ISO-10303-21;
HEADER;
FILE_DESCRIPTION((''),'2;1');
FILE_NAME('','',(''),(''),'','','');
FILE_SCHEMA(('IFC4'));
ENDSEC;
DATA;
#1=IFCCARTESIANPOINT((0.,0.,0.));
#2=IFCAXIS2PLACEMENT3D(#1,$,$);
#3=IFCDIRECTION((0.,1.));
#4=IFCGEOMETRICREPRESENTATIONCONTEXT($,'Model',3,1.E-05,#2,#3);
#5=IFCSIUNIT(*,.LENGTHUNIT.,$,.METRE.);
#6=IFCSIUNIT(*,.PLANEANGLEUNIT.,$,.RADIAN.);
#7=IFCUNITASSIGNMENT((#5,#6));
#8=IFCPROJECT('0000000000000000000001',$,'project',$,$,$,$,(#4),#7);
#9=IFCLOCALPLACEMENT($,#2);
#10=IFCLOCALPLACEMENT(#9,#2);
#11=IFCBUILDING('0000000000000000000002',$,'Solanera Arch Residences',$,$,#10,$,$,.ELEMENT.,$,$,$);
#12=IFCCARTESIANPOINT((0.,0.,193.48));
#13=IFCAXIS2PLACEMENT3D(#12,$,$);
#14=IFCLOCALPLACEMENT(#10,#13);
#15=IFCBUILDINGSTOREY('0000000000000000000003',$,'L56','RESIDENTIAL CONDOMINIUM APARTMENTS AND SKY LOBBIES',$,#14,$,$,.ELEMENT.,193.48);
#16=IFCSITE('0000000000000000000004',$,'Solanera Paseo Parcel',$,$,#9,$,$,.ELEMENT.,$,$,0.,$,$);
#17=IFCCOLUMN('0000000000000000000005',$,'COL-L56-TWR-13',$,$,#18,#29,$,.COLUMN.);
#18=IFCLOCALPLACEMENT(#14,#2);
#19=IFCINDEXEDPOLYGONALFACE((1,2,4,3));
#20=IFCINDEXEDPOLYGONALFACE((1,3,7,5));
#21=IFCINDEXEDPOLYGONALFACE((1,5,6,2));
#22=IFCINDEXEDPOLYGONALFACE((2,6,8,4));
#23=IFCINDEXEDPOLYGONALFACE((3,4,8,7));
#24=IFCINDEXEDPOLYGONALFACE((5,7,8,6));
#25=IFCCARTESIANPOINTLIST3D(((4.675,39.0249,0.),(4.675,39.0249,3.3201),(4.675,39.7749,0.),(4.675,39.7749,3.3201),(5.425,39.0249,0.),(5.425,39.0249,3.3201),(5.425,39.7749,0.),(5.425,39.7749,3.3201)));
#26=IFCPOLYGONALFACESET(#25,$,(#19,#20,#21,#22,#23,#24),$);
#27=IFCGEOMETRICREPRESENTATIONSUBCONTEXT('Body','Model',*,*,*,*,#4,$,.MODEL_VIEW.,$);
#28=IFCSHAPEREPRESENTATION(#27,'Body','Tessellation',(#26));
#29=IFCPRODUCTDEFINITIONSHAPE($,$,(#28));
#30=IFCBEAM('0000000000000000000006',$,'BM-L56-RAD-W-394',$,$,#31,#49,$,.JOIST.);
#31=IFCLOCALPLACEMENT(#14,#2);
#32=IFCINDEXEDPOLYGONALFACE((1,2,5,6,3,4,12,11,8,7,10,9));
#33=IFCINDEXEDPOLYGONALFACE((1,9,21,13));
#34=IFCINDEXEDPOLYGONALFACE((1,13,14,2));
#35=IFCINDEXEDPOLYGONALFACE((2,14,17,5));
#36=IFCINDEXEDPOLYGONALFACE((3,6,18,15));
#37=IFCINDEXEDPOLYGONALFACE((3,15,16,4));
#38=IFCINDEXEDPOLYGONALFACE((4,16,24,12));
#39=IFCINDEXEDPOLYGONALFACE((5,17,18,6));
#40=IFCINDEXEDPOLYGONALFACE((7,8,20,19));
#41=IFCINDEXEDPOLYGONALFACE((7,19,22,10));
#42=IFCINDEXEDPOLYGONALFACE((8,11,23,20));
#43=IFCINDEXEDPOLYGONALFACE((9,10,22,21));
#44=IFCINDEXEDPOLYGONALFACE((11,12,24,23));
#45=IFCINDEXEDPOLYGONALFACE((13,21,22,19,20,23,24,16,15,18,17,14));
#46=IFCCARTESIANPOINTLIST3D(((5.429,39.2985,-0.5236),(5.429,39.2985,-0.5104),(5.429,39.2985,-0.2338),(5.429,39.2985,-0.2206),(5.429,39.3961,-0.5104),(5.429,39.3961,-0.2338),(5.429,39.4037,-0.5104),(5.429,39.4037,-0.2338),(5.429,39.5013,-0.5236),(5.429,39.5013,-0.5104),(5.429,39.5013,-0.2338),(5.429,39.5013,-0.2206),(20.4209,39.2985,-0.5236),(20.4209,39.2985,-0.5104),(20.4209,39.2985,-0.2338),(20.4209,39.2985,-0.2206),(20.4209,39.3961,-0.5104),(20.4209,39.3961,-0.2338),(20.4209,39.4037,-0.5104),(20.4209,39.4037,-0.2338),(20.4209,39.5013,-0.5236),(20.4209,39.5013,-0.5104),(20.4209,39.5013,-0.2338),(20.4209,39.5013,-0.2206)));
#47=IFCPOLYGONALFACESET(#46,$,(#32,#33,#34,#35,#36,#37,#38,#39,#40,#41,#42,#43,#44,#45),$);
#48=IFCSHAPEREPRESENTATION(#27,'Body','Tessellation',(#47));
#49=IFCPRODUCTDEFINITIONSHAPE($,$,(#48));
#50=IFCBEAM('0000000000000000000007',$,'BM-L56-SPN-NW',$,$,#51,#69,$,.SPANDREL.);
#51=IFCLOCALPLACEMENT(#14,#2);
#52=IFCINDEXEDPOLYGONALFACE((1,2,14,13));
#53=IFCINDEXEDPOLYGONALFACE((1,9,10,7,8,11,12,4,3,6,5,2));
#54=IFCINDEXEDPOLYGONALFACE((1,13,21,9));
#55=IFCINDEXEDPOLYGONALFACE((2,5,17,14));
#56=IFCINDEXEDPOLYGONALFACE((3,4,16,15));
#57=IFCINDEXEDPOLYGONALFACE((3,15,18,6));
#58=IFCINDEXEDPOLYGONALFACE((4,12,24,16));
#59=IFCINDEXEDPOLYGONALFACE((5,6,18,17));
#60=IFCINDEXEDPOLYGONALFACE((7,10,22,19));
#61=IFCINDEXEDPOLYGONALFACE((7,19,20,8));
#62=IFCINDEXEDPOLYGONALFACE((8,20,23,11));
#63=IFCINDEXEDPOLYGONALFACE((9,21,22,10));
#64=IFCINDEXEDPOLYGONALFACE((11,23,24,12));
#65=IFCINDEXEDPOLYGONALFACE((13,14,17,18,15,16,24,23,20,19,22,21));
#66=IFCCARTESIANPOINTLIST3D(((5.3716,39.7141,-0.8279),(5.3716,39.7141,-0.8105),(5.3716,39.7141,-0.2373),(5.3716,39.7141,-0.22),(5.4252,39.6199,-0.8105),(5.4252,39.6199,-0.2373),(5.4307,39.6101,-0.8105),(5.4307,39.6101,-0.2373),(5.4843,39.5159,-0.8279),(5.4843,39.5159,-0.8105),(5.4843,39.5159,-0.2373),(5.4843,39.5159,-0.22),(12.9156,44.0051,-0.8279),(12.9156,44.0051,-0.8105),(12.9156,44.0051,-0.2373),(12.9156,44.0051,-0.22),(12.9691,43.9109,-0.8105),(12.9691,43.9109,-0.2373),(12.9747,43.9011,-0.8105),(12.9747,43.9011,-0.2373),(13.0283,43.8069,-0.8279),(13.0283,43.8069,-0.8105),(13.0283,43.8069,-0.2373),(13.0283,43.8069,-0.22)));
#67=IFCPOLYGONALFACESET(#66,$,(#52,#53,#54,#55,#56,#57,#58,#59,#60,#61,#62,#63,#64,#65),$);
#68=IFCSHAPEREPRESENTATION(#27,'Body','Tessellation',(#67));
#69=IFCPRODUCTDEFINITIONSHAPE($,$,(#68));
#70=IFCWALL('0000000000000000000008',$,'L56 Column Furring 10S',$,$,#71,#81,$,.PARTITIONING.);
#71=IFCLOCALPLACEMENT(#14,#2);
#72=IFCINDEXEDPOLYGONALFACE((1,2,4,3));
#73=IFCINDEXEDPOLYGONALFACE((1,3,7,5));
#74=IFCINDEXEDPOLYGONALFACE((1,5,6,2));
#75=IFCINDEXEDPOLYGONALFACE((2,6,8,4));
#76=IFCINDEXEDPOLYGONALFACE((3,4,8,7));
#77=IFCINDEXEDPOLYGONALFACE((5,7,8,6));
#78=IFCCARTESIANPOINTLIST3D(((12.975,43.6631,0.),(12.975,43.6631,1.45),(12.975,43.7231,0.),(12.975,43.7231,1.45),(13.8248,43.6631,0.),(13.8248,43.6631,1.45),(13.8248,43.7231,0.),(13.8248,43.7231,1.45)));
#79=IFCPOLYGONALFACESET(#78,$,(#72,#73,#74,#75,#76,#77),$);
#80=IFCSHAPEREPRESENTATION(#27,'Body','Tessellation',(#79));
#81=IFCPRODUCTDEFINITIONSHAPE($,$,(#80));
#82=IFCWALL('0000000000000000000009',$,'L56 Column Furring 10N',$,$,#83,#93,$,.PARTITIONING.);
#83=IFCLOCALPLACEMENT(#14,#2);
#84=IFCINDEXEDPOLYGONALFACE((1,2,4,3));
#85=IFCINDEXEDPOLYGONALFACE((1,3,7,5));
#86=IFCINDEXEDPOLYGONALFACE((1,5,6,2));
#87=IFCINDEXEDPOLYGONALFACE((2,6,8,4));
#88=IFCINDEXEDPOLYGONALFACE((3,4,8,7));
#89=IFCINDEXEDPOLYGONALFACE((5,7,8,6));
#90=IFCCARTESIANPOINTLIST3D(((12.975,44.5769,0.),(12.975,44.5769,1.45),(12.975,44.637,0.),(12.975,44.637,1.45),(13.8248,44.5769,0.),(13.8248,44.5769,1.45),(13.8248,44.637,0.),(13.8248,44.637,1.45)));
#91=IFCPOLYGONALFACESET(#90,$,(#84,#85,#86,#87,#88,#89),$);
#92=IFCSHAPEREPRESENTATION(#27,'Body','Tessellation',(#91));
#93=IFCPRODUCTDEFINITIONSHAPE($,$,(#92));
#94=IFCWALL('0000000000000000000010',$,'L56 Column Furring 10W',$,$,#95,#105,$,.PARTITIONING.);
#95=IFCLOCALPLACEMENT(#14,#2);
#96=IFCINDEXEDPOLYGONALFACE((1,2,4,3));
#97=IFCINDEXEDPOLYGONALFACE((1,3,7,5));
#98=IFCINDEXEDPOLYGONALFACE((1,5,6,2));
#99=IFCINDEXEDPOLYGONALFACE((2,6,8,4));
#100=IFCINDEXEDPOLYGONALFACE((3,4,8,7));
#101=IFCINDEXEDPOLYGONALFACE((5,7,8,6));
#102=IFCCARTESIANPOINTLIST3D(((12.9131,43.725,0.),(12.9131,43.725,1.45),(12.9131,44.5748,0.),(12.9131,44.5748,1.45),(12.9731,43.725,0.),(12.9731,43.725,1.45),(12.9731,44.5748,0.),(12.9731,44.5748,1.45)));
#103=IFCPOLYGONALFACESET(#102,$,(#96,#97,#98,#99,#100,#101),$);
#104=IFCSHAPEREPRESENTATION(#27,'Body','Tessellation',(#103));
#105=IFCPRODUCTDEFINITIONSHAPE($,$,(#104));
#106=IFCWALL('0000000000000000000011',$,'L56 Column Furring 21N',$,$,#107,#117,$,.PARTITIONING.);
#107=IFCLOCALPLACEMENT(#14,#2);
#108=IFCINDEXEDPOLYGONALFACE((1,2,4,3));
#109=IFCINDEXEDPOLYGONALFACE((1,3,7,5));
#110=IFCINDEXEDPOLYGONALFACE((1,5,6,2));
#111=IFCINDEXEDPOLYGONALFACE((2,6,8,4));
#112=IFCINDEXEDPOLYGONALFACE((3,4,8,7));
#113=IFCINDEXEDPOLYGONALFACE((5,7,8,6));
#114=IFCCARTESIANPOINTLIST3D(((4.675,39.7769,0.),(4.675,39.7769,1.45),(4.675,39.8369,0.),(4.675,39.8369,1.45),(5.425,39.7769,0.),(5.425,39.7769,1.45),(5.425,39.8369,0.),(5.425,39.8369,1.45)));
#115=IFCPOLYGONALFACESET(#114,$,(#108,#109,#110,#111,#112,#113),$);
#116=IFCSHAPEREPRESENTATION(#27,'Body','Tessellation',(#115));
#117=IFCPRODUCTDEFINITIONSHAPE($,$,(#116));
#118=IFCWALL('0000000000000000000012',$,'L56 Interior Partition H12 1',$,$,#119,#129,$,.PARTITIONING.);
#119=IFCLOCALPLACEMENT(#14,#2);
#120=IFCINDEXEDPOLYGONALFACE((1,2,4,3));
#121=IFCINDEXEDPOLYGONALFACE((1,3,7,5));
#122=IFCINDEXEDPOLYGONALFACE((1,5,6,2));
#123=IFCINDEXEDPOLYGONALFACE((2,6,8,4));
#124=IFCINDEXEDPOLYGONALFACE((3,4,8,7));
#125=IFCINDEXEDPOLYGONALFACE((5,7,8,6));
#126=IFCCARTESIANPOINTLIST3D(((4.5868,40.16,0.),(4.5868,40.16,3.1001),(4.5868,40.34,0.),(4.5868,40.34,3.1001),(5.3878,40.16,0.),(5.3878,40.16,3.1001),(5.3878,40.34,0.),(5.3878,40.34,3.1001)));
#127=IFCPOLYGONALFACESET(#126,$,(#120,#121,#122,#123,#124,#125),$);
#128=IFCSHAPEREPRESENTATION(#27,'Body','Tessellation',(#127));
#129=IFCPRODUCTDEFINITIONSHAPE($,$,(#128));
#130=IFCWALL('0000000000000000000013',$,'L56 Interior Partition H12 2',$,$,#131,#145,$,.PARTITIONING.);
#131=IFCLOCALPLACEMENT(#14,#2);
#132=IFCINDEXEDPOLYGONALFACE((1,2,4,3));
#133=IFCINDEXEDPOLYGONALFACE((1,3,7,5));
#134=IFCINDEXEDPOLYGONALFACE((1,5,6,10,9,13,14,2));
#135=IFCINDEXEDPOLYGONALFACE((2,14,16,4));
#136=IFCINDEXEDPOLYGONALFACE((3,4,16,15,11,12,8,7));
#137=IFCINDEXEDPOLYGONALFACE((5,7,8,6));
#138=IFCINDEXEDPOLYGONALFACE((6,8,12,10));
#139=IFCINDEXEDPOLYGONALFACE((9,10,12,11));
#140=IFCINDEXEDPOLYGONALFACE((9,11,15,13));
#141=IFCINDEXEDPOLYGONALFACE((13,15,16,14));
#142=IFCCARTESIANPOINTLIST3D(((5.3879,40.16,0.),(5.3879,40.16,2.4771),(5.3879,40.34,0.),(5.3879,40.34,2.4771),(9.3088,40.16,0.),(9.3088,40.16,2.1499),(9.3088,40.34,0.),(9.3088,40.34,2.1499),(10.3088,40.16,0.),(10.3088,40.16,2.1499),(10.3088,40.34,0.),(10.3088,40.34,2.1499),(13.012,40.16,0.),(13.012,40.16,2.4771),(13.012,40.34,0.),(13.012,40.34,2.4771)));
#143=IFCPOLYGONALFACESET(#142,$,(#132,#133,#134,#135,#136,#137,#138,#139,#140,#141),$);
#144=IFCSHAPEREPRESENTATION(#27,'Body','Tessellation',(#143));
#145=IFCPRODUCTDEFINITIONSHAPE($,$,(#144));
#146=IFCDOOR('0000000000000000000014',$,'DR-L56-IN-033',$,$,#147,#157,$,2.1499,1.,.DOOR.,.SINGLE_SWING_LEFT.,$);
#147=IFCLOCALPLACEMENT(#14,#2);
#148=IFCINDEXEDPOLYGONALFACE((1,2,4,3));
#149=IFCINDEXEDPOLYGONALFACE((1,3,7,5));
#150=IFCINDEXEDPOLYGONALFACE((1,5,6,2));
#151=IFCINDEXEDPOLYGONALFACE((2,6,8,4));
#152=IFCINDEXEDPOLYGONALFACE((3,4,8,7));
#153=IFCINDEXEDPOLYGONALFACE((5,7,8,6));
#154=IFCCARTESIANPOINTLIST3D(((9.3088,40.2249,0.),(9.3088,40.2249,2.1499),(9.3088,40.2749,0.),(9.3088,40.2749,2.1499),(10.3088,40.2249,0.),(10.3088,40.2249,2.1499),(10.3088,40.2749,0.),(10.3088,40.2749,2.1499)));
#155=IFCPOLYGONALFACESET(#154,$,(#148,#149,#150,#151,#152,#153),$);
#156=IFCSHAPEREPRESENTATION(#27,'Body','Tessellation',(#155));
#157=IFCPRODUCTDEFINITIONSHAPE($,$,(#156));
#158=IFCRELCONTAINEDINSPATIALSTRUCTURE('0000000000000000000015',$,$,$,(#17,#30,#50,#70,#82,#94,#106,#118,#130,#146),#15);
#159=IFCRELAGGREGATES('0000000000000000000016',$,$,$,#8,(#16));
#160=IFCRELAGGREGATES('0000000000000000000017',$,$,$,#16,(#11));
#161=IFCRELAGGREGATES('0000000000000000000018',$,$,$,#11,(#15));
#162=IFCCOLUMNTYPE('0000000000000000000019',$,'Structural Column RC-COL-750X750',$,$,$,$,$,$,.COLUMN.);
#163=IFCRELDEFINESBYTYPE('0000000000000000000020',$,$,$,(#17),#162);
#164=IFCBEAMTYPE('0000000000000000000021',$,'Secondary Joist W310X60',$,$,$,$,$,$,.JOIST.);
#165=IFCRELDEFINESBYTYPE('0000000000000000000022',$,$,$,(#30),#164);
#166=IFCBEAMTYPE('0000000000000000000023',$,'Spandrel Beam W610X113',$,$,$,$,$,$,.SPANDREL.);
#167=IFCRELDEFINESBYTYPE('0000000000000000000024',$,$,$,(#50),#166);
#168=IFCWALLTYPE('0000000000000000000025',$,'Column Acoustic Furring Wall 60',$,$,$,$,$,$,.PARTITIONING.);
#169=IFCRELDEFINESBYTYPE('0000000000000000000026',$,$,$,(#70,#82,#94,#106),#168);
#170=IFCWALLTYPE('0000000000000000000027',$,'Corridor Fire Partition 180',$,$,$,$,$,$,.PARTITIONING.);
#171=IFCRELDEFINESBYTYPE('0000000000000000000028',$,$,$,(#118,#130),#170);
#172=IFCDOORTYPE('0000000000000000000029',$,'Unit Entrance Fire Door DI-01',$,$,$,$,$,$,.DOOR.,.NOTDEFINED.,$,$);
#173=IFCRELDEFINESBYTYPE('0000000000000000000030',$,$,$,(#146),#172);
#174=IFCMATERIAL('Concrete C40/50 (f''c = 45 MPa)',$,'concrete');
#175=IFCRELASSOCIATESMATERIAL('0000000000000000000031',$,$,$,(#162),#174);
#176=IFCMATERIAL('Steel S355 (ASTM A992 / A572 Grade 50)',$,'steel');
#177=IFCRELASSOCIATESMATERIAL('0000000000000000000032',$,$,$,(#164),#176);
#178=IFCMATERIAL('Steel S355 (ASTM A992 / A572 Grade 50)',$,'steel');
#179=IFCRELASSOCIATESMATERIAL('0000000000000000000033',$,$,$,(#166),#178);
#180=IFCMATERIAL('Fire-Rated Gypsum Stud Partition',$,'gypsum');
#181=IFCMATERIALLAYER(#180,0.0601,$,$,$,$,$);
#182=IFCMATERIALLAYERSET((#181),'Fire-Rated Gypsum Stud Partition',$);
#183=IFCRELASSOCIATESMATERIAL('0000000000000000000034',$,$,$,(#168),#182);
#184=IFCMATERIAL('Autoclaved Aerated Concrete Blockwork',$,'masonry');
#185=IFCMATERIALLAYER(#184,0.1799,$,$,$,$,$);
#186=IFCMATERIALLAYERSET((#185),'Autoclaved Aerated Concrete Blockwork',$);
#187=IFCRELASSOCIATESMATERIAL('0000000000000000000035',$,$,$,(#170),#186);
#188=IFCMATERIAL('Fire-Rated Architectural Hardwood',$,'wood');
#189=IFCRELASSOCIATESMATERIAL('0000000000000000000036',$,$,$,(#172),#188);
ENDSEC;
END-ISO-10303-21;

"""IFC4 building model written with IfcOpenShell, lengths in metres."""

from ifc_helpers import new_model, si_unit, direction, frame, frame_2d, origin, origin_2d, place, context, subcontext, project, spatial, rectangle, i_section, extrude, material, layer, layer_set, material_profile, profile_set, type_object, element, fill, save


model = new_model("IFC4")

# Units and contexts
model_context = context("Model", 3, precision=1e-05, world=origin(), true_north=direction((0.0, 1.0)))
body_context = subcontext(model_context, "Body", "Model", "MODEL_VIEW")
ifc_project = project(units=[si_unit("LENGTHUNIT", "METRE"), si_unit("PLANEANGLEUNIT", "RADIAN")], contexts=[model_context])

# Site, building, storey
site_placement = place(None, origin())
site = spatial("IfcSite", under=ifc_project, at=site_placement, Name="Solanera Paseo Parcel", CompositionType="ELEMENT", RefElevation=0.0)
building_placement = place(site_placement, origin())
building = spatial("IfcBuilding", under=site, at=building_placement, Name="Solanera Arch Residences", CompositionType="ELEMENT")
storey_placement = place(building_placement, frame((0.0, 0.0, 193.48)))
storey = spatial("IfcBuildingStorey", under=building, at=storey_placement, Name="L56", Description="RESIDENTIAL CONDOMINIUM APARTMENTS AND SKY LOBBIES", CompositionType="ELEMENT", Elevation=193.48)

# Column
ifc_material_1 = material(Name="Concrete C40/50 (f'c = 45 MPa)", Category="concrete")
ifc_material_profile_1 = material_profile(ifc_material_1, rectangle(XDim=0.75, YDim=0.75, at=origin_2d()))
ifc_profile_set_1 = profile_set([ifc_material_profile_1], Name="Concrete C40/50 (f'c = 45 MPa)")
column_type = type_object("IfcColumnType", Name="Structural Column RC-COL-750X750", PredefinedType="COLUMN", material=ifc_profile_set_1)
column_placement = place(storey_placement, frame((5.05, 39.3999, 0.0), z_axis=(0.0, 0.0, 1.0), x_axis=(1.0, 0.0, 0.0)))
element("IfcColumn", 1, at=column_placement, inside=storey, type_object=column_type, Name="COL-L56-TWR-13", PredefinedType="COLUMN", context=body_context, shape_type="SweptSolid", body=[
    extrude(rectangle(XDim=0.75, YDim=0.75, at=origin_2d()), origin(), (0.0, 0.0, 1.0), 3.3201),
])

# Beams
ifc_material_2 = material(Name="Steel S355 (ASTM A992 / A572 Grade 50)", Category="steel")
ifc_material_profile_2 = material_profile(ifc_material_2, i_section(OverallWidth=0.2029, OverallDepth=0.303, WebThickness=0.0076, FlangeThickness=0.0132, at=origin_2d()))
ifc_profile_set_2 = profile_set([ifc_material_profile_2], Name="Steel S355 (ASTM A992 / A572 Grade 50)")
beam_type_1 = type_object("IfcBeamType", Name="Secondary Joist W310X60", PredefinedType="JOIST", material=ifc_profile_set_2)
beam_1_placement = place(storey_placement, frame((5.429, 39.3999, -0.3721), z_axis=(1.0, 0.0, 0.0), x_axis=(0.0, 1.0, 0.0)))
element("IfcBeam", 2, at=beam_1_placement, inside=storey, type_object=beam_type_1, Name="BM-L56-RAD-W-394", PredefinedType="JOIST", context=body_context, shape_type="SweptSolid", body=[
    extrude(i_section(OverallWidth=0.2029, OverallDepth=0.303, WebThickness=0.0076, FlangeThickness=0.0132, at=origin_2d()), origin(), (0.0, 0.0, 1.0), 14.9919),
])
ifc_material_3 = material(Name="Steel S355 (ASTM A992 / A572 Grade 50)", Category="steel")
ifc_material_profile_3 = material_profile(ifc_material_3, i_section(OverallWidth=0.228, OverallDepth=0.6079, WebThickness=0.0112, FlangeThickness=0.0173, at=origin_2d()))
ifc_profile_set_3 = profile_set([ifc_material_profile_3], Name="Steel S355 (ASTM A992 / A572 Grade 50)")
beam_type_2 = type_object("IfcBeamType", Name="Spandrel Beam W610X113", PredefinedType="SPANDREL", material=ifc_profile_set_3)
beam_2_placement = place(storey_placement, frame((12.9719, 43.906, -0.5239), z_axis=(-0.869225, -0.494417, 0.0), x_axis=(0.494417, -0.869225, 0.0)))
element("IfcBeam", 3, at=beam_2_placement, inside=storey, type_object=beam_type_2, Name="BM-L56-SPN-NW", PredefinedType="SPANDREL", context=body_context, shape_type="SweptSolid", body=[
    extrude(i_section(OverallWidth=0.228, OverallDepth=0.6079, WebThickness=0.0112, FlangeThickness=0.0173, at=origin_2d()), origin(), (0.0, 0.0, 1.0), 8.679),
])

# Walls
ifc_material_4 = material(Name="Fire-Rated Gypsum Stud Partition", Category="gypsum")
ifc_layer_1 = layer(ifc_material_4, 0.0601)
ifc_layer_set_1 = layer_set([ifc_layer_1], Name="Fire-Rated Gypsum Stud Partition")
wall_type_1 = type_object("IfcWallType", Name="Column Acoustic Furring Wall 60", PredefinedType="PARTITIONING", material=ifc_layer_set_1)
for number, where, z_axis, x_axis, name in (
    (4, (12.9751, 43.6931, 0.0), (0.0, 0.0, 1.0), (1.0, 0.0, 0.0), "L56 Column Furring 10S"),
    (5, (12.9751, 44.6069, 0.0), (0.0, 0.0, 1.0), (1.0, 0.0, 0.0), "L56 Column Furring 10N"),
    (6, (12.9431, 43.7251, 0.0), (0.0, 0.0, 1.0), (0.0, 1.0, 0.0), "L56 Column Furring 10W"),
):
    element("IfcWall", number, at=place(storey_placement, frame(where, z_axis=z_axis, x_axis=x_axis)), inside=storey, type_object=wall_type_1, Name=name, PredefinedType="PARTITIONING", context=body_context, shape_type="SweptSolid", body=[
        extrude(rectangle(XDim=0.8499, YDim=0.0601, at=frame_2d((0.4248, 0.0))), origin(), (0.0, 0.0, 1.0), 1.45),
    ])
wall_1_placement = place(storey_placement, frame((4.675, 39.8069, 0.0), z_axis=(0.0, 0.0, 1.0), x_axis=(1.0, 0.0, 0.0)))
element("IfcWall", 7, at=wall_1_placement, inside=storey, type_object=wall_type_1, Name="L56 Column Furring 21N", PredefinedType="PARTITIONING", context=body_context, shape_type="SweptSolid", body=[
    extrude(rectangle(XDim=0.75, YDim=0.0601, at=frame_2d((0.375, 0.0))), origin(), (0.0, 0.0, 1.0), 1.45),
])
ifc_material_5 = material(Name="Autoclaved Aerated Concrete Blockwork", Category="masonry")
ifc_layer_2 = layer(ifc_material_5, 0.1799)
ifc_layer_set_2 = layer_set([ifc_layer_2], Name="Autoclaved Aerated Concrete Blockwork")
wall_type_2 = type_object("IfcWallType", Name="Corridor Fire Partition 180", PredefinedType="PARTITIONING", material=ifc_layer_set_2)
wall_2_placement = place(storey_placement, frame((4.5869, 40.25, 0.0), z_axis=(0.0, 0.0, 1.0), x_axis=(1.0, 0.0, 0.0)))
element("IfcWall", 8, at=wall_2_placement, inside=storey, type_object=wall_type_2, Name="L56 Interior Partition H12 1", PredefinedType="PARTITIONING", context=body_context, shape_type="SweptSolid", body=[
    extrude(rectangle(XDim=0.801, YDim=0.1799, at=frame_2d((0.4004, 0.0))), origin(), (0.0, 0.0, 1.0), 3.1001),
])

# Wall, opening, door
wall_3_placement = place(storey_placement, frame((5.3879, 40.25, 0.0), z_axis=(0.0, 0.0, 1.0), x_axis=(1.0, 0.0, 0.0)))
wall_3 = element("IfcWall", 9, at=wall_3_placement, inside=storey, type_object=wall_type_2, Name="L56 Interior Partition H12 2", PredefinedType="PARTITIONING", context=body_context, shape_type="SweptSolid", body=[
    extrude(rectangle(XDim=7.624, YDim=0.1799, at=frame_2d((3.812, 0.0))), origin(), (0.0, 0.0, 1.0), 2.4771),
])
opening_1_placement = place(wall_3_placement, frame((3.9209, 0.0, 0.0)))
opening_1 = element("IfcOpeningElement", 10, at=opening_1_placement, cuts=wall_3, PredefinedType="OPENING", context=body_context, shape_type="SweptSolid", body=[
    extrude(rectangle(XDim=1.0, YDim=2.1499, at=frame_2d((0.5, 1.075))), frame((0.0, 0.1001, 0.0), z_axis=(0.0, -1.0, 0.0), x_axis=(1.0, 0.0, 0.0)), (0.0, 0.0, 1.0), 0.1999),
])
ifc_material_6 = material(Name="Fire-Rated Architectural Hardwood", Category="wood")
door_type_1 = type_object("IfcDoorType", Name="Unit Entrance Fire Door DI-01", OperationType="NOTDEFINED", PredefinedType="DOOR", material=ifc_material_6)
door_1_placement = place(opening_1_placement, origin())
door_1 = element("IfcDoor", 11, at=door_1_placement, inside=storey, type_object=door_type_1, Name="DR-L56-IN-033", OperationType="SINGLE_SWING_LEFT", OverallHeight=2.1499, OverallWidth=1.0, PredefinedType="DOOR", context=body_context, shape_type="SweptSolid", body=[
    extrude(rectangle(XDim=1.0, YDim=2.1499, at=frame_2d((0.5, 1.075))), frame((0.0, 0.0249, 0.0), z_axis=(0.0, -1.0, 0.0), x_axis=(1.0, 0.0, 0.0)), (0.0, 0.0, 1.0), 0.05),
])
fill(opening_1, door_1)

save(model, "model.ifc")
